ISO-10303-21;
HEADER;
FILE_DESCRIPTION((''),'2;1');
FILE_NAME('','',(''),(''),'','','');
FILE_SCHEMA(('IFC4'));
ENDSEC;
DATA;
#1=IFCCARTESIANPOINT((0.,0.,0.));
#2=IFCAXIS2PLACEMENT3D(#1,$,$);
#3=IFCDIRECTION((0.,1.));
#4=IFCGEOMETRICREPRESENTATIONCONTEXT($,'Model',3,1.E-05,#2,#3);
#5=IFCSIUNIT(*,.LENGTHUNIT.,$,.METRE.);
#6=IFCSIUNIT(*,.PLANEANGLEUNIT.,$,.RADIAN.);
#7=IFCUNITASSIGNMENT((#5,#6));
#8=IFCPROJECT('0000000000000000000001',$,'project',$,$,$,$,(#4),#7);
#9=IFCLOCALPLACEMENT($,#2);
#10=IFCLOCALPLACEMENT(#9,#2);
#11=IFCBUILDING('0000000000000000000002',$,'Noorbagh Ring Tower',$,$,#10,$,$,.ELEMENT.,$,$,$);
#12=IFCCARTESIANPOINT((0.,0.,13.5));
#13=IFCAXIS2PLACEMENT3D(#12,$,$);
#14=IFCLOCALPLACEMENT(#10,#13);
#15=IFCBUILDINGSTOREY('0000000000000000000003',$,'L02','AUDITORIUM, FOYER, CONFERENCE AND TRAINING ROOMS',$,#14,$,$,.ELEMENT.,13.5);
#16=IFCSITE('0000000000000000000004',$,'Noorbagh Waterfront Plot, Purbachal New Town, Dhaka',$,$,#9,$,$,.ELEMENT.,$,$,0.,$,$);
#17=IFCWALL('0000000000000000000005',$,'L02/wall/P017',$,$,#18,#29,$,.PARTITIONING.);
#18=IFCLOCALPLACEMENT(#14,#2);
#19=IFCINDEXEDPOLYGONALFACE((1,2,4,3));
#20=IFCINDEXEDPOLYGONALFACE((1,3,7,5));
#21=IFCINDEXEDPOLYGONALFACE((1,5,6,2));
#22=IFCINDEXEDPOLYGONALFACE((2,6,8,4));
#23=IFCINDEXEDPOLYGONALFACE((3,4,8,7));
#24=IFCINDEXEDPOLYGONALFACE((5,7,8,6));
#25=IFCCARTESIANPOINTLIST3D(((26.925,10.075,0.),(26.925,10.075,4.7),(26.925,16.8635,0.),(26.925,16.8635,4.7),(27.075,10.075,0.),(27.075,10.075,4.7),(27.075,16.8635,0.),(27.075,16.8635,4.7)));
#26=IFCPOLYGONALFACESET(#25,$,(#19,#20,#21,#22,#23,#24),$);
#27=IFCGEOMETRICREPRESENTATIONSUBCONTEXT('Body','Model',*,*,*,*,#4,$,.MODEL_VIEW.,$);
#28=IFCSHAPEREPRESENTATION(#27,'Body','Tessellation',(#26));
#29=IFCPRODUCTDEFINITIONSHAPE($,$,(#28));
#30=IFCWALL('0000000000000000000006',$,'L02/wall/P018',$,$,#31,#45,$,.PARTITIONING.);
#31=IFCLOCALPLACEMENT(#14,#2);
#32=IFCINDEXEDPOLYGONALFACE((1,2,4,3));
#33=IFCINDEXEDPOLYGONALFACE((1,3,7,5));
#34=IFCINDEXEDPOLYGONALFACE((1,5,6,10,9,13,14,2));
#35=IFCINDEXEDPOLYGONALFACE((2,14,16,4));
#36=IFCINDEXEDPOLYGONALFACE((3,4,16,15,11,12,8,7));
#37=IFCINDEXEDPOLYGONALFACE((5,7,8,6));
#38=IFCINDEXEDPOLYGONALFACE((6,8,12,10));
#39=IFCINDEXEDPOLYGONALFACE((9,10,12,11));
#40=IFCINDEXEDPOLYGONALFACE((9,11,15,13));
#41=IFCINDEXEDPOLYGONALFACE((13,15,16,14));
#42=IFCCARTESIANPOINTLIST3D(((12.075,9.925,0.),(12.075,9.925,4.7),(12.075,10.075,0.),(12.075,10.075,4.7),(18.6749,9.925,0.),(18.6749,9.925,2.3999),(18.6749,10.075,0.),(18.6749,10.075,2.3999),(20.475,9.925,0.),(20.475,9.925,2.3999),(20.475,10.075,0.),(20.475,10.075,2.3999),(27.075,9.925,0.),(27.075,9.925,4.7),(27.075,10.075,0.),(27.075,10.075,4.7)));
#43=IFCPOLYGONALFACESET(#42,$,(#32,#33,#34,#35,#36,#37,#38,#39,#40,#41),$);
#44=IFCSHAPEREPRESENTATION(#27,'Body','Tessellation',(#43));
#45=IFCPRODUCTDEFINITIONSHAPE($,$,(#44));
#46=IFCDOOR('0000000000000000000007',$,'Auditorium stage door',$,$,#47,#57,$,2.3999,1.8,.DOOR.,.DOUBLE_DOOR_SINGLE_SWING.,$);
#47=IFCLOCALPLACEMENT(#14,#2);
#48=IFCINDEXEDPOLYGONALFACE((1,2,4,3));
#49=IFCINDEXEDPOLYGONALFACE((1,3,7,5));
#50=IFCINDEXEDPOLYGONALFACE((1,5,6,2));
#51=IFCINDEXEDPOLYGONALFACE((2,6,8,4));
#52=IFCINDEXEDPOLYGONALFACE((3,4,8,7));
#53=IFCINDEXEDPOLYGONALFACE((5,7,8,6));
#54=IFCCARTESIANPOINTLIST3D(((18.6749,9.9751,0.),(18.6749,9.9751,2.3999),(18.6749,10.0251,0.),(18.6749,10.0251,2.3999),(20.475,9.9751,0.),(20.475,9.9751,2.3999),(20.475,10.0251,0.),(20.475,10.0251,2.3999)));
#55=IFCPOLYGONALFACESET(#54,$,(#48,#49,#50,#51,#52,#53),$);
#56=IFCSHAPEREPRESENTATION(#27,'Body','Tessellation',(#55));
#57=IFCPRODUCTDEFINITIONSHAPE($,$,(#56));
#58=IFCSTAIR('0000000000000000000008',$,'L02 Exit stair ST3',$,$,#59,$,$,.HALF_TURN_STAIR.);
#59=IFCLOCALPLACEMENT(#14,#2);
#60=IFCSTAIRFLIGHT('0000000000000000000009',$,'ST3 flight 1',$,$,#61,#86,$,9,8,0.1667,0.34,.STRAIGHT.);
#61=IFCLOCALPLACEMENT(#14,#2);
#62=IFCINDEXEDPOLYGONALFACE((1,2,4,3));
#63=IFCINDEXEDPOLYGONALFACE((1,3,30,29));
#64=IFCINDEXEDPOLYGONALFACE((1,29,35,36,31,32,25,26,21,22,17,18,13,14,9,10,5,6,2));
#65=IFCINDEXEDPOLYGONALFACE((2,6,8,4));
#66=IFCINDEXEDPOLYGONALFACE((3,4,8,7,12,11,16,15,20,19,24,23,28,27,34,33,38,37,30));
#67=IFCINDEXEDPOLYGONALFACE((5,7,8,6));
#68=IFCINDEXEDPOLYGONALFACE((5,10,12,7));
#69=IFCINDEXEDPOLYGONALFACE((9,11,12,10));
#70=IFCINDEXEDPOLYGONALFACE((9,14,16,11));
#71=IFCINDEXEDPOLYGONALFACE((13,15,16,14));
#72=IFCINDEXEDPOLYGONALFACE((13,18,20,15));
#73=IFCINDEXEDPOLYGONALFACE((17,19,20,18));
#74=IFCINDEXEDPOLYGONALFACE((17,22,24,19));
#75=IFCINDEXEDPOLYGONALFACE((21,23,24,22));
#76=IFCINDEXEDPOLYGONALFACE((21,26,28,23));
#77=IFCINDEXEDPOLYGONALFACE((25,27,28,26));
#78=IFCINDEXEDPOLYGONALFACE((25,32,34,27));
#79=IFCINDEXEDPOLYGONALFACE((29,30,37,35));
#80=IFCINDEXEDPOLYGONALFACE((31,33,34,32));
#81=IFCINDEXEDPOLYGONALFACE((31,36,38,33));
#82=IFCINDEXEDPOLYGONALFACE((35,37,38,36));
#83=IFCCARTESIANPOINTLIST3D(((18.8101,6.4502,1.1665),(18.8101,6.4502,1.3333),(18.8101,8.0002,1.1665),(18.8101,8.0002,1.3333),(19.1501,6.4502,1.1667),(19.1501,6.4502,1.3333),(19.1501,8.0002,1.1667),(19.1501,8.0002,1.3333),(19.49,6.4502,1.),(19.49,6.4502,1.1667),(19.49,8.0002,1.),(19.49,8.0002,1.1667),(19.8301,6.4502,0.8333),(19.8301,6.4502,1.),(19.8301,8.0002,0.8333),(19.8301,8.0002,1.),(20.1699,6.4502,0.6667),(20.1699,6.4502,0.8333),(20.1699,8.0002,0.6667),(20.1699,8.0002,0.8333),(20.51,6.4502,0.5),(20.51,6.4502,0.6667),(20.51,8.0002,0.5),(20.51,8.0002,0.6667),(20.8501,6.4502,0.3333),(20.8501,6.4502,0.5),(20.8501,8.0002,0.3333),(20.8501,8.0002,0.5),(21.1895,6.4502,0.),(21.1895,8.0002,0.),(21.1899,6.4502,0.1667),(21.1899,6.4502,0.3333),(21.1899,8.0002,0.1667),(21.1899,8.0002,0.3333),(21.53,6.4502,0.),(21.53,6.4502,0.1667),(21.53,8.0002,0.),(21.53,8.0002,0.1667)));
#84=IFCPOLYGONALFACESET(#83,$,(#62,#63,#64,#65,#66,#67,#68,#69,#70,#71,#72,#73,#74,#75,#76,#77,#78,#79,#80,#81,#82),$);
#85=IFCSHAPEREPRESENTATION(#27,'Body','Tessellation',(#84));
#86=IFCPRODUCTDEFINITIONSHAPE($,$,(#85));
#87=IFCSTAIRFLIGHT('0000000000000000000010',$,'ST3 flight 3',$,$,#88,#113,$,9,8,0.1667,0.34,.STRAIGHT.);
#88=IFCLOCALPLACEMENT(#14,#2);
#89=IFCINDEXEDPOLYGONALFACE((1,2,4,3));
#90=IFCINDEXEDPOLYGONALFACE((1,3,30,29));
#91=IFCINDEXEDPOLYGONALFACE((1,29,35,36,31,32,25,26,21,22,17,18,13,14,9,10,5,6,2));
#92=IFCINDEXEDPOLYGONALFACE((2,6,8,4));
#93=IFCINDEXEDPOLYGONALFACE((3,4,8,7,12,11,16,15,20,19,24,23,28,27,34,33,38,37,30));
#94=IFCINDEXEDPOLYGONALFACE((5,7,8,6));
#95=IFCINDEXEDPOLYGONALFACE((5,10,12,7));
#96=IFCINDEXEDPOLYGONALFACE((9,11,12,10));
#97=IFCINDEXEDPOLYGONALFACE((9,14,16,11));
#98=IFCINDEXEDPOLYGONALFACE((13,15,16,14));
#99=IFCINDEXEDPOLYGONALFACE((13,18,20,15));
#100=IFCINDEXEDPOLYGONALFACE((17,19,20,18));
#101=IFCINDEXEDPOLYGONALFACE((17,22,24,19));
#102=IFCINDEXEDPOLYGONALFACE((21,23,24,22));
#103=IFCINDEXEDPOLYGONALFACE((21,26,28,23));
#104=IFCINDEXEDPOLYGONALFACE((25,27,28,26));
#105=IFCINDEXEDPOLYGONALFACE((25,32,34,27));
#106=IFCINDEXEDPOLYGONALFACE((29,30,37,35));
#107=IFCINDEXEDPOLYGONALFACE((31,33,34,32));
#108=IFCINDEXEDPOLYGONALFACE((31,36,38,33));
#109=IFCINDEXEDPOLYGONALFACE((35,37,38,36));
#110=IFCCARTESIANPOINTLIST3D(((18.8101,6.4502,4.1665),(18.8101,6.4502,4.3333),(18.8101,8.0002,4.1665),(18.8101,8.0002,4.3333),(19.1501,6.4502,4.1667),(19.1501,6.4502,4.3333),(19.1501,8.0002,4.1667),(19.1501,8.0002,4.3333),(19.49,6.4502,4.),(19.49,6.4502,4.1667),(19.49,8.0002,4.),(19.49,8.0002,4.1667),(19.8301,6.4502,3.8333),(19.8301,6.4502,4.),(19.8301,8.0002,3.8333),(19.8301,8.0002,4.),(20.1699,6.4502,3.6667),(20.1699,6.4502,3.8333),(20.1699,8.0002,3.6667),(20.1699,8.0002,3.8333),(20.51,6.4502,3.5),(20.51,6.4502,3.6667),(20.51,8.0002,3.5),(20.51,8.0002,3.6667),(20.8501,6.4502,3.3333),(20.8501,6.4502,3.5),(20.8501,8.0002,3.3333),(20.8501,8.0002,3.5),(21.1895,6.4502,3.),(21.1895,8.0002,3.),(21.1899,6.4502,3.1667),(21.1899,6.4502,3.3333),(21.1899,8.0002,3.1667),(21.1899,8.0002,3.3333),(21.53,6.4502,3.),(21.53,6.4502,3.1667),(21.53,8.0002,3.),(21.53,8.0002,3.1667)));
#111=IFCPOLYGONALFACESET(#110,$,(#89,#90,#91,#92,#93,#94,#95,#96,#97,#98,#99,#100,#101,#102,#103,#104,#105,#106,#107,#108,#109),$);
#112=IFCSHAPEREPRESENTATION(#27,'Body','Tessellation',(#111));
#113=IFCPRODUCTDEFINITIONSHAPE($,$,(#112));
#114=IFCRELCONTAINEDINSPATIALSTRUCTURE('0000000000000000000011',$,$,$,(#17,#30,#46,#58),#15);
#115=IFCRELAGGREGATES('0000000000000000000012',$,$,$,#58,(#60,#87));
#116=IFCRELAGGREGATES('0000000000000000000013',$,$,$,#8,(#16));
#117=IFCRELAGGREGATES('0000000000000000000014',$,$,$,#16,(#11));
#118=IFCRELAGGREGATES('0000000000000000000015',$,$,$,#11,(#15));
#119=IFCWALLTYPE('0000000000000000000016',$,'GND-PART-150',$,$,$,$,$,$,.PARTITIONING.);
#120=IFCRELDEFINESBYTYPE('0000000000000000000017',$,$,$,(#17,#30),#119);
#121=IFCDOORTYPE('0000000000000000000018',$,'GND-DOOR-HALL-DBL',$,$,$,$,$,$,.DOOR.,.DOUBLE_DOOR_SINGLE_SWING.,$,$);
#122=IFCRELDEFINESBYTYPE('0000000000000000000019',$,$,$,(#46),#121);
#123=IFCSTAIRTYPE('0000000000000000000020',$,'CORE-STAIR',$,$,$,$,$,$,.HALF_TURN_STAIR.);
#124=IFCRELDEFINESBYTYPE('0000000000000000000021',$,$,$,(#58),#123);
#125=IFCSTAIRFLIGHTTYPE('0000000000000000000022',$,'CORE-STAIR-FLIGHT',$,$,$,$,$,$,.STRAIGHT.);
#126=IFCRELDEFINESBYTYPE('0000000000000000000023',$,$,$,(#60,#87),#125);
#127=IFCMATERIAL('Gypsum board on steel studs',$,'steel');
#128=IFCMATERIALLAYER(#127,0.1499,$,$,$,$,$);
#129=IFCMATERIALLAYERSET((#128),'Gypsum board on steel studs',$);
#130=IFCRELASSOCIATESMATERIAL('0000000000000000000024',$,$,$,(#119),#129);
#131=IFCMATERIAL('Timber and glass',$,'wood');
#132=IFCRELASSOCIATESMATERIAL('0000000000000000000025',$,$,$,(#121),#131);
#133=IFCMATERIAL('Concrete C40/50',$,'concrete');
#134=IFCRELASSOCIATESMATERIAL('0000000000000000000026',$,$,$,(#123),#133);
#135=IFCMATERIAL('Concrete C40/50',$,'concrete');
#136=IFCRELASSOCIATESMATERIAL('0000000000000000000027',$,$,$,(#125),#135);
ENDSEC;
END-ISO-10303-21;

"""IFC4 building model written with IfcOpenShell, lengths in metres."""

from ifc_helpers import new_model, si_unit, direction, frame, frame_2d, origin, place, context, subcontext, project, spatial, polyline, rectangle, outline, extrude, material, layer, layer_set, type_object, element, fill, aggregate, save


model = new_model("IFC4")

# Units and contexts
model_context = context("Model", 3, precision=1e-05, world=origin(), true_north=direction((0.0, 1.0)))
body_context = subcontext(model_context, "Body", "Model", "MODEL_VIEW")
ifc_project = project(units=[si_unit("LENGTHUNIT", "METRE"), si_unit("PLANEANGLEUNIT", "RADIAN")], contexts=[model_context])

# Site, building, storey
site_placement = place(None, origin())
site = spatial("IfcSite", under=ifc_project, at=site_placement, Name="Noorbagh Waterfront Plot, Purbachal New Town, Dhaka", CompositionType="ELEMENT", RefElevation=0.0)
building_placement = place(site_placement, origin())
building = spatial("IfcBuilding", under=site, at=building_placement, Name="Noorbagh Ring Tower", CompositionType="ELEMENT")
storey_placement = place(building_placement, frame((0.0, 0.0, 13.5)))
storey = spatial("IfcBuildingStorey", under=building, at=storey_placement, Name="L02", Description="AUDITORIUM, FOYER, CONFERENCE AND TRAINING ROOMS", CompositionType="ELEMENT", Elevation=13.5)

# Shared definitions
ifc_material_1 = material(Name="Gypsum board on steel studs", Category="steel")
ifc_layer_1 = layer(ifc_material_1, 0.1499)
ifc_layer_set_1 = layer_set([ifc_layer_1], Name="Gypsum board on steel studs")
wall_type_1 = type_object("IfcWallType", Name="GND-PART-150", PredefinedType="PARTITIONING", material=ifc_layer_set_1)
ifc_material_2 = material(Name="Timber and glass", Category="wood")
door_type_1 = type_object("IfcDoorType", Name="GND-DOOR-HALL-DBL", OperationType="DOUBLE_DOOR_SINGLE_SWING", PredefinedType="DOOR", material=ifc_material_2)

# Wall
wall_1_placement = place(storey_placement, frame((27.0, 16.8635, 0.0), z_axis=(0.0, 0.0, 1.0), x_axis=(0.0, -1.0, 0.0)))
element("IfcWall", 1, at=wall_1_placement, inside=storey, type_object=wall_type_1, Name="L02/wall/P017", PredefinedType="PARTITIONING", context=body_context, shape_type="SweptSolid", body=[
    extrude(rectangle(XDim=6.7886, YDim=0.1499, at=frame_2d((3.3943, 0.0))), origin(), (0.0, 0.0, 1.0), 4.7),
])

# Wall, opening, door
wall_2_placement = place(storey_placement, frame((27.075, 10.0, 0.0), z_axis=(0.0, 0.0, 1.0), x_axis=(-1.0, 0.0, 0.0)))
wall_2 = element("IfcWall", 2, at=wall_2_placement, inside=storey, type_object=wall_type_1, Name="L02/wall/P018", PredefinedType="PARTITIONING", context=body_context, shape_type="SweptSolid", body=[
    extrude(rectangle(XDim=15.0, YDim=0.1499, at=frame_2d((7.5, 0.0))), origin(), (0.0, 0.0, 1.0), 4.7),
])
opening_1_placement = place(wall_2_placement, frame((6.6001, 0.0, 0.0)))
opening_1 = element("IfcOpeningElement", 3, at=opening_1_placement, cuts=wall_2, PredefinedType="OPENING", context=body_context, shape_type="SweptSolid", body=[
    extrude(rectangle(XDim=1.8, YDim=2.3999, at=frame_2d((0.8999, 1.2))), frame((0.0, 0.085, 0.0), z_axis=(0.0, -1.0, 0.0), x_axis=(1.0, 0.0, 0.0)), (0.0, 0.0, 1.0), 0.1699),
])
door_1_placement = place(opening_1_placement, origin())
door_1 = element("IfcDoor", 4, at=door_1_placement, inside=storey, type_object=door_type_1, Name="Auditorium stage door", OperationType="DOUBLE_DOOR_SINGLE_SWING", OverallHeight=2.3999, OverallWidth=1.8, PredefinedType="DOOR", context=body_context, shape_type="SweptSolid", body=[
    extrude(rectangle(XDim=1.8, YDim=2.3999, at=frame_2d((0.8999, 1.2))), frame((0.0, 0.0249, 0.0), z_axis=(0.0, -1.0, 0.0), x_axis=(1.0, 0.0, 0.0)), (0.0, 0.0, 1.0), 0.05),
])
fill(opening_1, door_1)

# Stair, stair flights
ifc_material_3 = material(Name="Concrete C40/50", Category="concrete")
stair_type = type_object("IfcStairType", Name="CORE-STAIR", PredefinedType="HALF_TURN_STAIR", material=ifc_material_3)
stair_placement = place(storey_placement, origin())
stair = element("IfcStair", 5, at=stair_placement, inside=storey, type_object=stair_type, Name="L02 Exit stair ST3", PredefinedType="HALF_TURN_STAIR")
ifc_material_4 = material(Name="Concrete C40/50", Category="concrete")
stair_flight_type = type_object("IfcStairFlightType", Name="CORE-STAIR-FLIGHT", PredefinedType="STRAIGHT", material=ifc_material_4)
stair_flight_1_placement = place(storey_placement, frame((21.53, 7.2251, 0.0), z_axis=(0.0, 0.0, 1.0), x_axis=(-1.0, 0.0, 0.0)))
stair_flight_1 = element("IfcStairFlight", 6, at=stair_flight_1_placement, type_object=stair_flight_type, Name="ST3 flight 1", NumberOfRisers=9, NumberOfTreads=8, PredefinedType="STRAIGHT", RiserHeight=0.1667, TreadLength=0.34, context=body_context, shape_type="SweptSolid", body=[
    extrude(outline(polyline([(0.0, 0.0), (0.0, 0.1667), (0.3401, 0.1667), (0.3401, 0.3333), (0.6799, 0.3333), (0.6799, 0.5), (1.02, 0.5), (1.02, 0.6667), (1.3601, 0.6667), (1.3601, 0.8333), (1.7, 0.8333), (1.7, 1.0), (2.04, 1.0), (2.04, 1.1667), (2.3799, 1.1667), (2.3799, 1.3333), (2.72, 1.3333), (2.72, 1.5), (2.72, 1.1665), (0.3406, 0.0), (0.0, 0.0)])), frame((0.0, 0.7749, 0.0), z_axis=(0.0, -1.0, 0.0), x_axis=(1.0, 0.0, 0.0)), (0.0, 0.0, 1.0), 1.55),
])
stair_flight_2_placement = place(storey_placement, frame((21.53, 7.2251, 3.0), z_axis=(0.0, 0.0, 1.0), x_axis=(-1.0, 0.0, 0.0)))
stair_flight_2 = element("IfcStairFlight", 7, at=stair_flight_2_placement, type_object=stair_flight_type, Name="ST3 flight 3", NumberOfRisers=9, NumberOfTreads=8, PredefinedType="STRAIGHT", RiserHeight=0.1667, TreadLength=0.34, context=body_context, shape_type="SweptSolid", body=[
    extrude(outline(polyline([(0.0, 0.0), (0.0, 0.1667), (0.3401, 0.1667), (0.3401, 0.3333), (0.6799, 0.3333), (0.6799, 0.5), (1.02, 0.5), (1.02, 0.6667), (1.3601, 0.6667), (1.3601, 0.8333), (1.7, 0.8333), (1.7, 1.0), (2.04, 1.0), (2.04, 1.1667), (2.3799, 1.1667), (2.3799, 1.3333), (2.72, 1.3333), (2.72, 1.5), (2.72, 1.1665), (0.3406, 0.0), (0.0, 0.0)])), frame((0.0, 0.7749, 0.0), z_axis=(0.0, -1.0, 0.0), x_axis=(1.0, 0.0, 0.0)), (0.0, 0.0, 1.0), 1.55),
])
aggregate(stair, [stair_flight_1, stair_flight_2])

save(model, "model.ifc")
